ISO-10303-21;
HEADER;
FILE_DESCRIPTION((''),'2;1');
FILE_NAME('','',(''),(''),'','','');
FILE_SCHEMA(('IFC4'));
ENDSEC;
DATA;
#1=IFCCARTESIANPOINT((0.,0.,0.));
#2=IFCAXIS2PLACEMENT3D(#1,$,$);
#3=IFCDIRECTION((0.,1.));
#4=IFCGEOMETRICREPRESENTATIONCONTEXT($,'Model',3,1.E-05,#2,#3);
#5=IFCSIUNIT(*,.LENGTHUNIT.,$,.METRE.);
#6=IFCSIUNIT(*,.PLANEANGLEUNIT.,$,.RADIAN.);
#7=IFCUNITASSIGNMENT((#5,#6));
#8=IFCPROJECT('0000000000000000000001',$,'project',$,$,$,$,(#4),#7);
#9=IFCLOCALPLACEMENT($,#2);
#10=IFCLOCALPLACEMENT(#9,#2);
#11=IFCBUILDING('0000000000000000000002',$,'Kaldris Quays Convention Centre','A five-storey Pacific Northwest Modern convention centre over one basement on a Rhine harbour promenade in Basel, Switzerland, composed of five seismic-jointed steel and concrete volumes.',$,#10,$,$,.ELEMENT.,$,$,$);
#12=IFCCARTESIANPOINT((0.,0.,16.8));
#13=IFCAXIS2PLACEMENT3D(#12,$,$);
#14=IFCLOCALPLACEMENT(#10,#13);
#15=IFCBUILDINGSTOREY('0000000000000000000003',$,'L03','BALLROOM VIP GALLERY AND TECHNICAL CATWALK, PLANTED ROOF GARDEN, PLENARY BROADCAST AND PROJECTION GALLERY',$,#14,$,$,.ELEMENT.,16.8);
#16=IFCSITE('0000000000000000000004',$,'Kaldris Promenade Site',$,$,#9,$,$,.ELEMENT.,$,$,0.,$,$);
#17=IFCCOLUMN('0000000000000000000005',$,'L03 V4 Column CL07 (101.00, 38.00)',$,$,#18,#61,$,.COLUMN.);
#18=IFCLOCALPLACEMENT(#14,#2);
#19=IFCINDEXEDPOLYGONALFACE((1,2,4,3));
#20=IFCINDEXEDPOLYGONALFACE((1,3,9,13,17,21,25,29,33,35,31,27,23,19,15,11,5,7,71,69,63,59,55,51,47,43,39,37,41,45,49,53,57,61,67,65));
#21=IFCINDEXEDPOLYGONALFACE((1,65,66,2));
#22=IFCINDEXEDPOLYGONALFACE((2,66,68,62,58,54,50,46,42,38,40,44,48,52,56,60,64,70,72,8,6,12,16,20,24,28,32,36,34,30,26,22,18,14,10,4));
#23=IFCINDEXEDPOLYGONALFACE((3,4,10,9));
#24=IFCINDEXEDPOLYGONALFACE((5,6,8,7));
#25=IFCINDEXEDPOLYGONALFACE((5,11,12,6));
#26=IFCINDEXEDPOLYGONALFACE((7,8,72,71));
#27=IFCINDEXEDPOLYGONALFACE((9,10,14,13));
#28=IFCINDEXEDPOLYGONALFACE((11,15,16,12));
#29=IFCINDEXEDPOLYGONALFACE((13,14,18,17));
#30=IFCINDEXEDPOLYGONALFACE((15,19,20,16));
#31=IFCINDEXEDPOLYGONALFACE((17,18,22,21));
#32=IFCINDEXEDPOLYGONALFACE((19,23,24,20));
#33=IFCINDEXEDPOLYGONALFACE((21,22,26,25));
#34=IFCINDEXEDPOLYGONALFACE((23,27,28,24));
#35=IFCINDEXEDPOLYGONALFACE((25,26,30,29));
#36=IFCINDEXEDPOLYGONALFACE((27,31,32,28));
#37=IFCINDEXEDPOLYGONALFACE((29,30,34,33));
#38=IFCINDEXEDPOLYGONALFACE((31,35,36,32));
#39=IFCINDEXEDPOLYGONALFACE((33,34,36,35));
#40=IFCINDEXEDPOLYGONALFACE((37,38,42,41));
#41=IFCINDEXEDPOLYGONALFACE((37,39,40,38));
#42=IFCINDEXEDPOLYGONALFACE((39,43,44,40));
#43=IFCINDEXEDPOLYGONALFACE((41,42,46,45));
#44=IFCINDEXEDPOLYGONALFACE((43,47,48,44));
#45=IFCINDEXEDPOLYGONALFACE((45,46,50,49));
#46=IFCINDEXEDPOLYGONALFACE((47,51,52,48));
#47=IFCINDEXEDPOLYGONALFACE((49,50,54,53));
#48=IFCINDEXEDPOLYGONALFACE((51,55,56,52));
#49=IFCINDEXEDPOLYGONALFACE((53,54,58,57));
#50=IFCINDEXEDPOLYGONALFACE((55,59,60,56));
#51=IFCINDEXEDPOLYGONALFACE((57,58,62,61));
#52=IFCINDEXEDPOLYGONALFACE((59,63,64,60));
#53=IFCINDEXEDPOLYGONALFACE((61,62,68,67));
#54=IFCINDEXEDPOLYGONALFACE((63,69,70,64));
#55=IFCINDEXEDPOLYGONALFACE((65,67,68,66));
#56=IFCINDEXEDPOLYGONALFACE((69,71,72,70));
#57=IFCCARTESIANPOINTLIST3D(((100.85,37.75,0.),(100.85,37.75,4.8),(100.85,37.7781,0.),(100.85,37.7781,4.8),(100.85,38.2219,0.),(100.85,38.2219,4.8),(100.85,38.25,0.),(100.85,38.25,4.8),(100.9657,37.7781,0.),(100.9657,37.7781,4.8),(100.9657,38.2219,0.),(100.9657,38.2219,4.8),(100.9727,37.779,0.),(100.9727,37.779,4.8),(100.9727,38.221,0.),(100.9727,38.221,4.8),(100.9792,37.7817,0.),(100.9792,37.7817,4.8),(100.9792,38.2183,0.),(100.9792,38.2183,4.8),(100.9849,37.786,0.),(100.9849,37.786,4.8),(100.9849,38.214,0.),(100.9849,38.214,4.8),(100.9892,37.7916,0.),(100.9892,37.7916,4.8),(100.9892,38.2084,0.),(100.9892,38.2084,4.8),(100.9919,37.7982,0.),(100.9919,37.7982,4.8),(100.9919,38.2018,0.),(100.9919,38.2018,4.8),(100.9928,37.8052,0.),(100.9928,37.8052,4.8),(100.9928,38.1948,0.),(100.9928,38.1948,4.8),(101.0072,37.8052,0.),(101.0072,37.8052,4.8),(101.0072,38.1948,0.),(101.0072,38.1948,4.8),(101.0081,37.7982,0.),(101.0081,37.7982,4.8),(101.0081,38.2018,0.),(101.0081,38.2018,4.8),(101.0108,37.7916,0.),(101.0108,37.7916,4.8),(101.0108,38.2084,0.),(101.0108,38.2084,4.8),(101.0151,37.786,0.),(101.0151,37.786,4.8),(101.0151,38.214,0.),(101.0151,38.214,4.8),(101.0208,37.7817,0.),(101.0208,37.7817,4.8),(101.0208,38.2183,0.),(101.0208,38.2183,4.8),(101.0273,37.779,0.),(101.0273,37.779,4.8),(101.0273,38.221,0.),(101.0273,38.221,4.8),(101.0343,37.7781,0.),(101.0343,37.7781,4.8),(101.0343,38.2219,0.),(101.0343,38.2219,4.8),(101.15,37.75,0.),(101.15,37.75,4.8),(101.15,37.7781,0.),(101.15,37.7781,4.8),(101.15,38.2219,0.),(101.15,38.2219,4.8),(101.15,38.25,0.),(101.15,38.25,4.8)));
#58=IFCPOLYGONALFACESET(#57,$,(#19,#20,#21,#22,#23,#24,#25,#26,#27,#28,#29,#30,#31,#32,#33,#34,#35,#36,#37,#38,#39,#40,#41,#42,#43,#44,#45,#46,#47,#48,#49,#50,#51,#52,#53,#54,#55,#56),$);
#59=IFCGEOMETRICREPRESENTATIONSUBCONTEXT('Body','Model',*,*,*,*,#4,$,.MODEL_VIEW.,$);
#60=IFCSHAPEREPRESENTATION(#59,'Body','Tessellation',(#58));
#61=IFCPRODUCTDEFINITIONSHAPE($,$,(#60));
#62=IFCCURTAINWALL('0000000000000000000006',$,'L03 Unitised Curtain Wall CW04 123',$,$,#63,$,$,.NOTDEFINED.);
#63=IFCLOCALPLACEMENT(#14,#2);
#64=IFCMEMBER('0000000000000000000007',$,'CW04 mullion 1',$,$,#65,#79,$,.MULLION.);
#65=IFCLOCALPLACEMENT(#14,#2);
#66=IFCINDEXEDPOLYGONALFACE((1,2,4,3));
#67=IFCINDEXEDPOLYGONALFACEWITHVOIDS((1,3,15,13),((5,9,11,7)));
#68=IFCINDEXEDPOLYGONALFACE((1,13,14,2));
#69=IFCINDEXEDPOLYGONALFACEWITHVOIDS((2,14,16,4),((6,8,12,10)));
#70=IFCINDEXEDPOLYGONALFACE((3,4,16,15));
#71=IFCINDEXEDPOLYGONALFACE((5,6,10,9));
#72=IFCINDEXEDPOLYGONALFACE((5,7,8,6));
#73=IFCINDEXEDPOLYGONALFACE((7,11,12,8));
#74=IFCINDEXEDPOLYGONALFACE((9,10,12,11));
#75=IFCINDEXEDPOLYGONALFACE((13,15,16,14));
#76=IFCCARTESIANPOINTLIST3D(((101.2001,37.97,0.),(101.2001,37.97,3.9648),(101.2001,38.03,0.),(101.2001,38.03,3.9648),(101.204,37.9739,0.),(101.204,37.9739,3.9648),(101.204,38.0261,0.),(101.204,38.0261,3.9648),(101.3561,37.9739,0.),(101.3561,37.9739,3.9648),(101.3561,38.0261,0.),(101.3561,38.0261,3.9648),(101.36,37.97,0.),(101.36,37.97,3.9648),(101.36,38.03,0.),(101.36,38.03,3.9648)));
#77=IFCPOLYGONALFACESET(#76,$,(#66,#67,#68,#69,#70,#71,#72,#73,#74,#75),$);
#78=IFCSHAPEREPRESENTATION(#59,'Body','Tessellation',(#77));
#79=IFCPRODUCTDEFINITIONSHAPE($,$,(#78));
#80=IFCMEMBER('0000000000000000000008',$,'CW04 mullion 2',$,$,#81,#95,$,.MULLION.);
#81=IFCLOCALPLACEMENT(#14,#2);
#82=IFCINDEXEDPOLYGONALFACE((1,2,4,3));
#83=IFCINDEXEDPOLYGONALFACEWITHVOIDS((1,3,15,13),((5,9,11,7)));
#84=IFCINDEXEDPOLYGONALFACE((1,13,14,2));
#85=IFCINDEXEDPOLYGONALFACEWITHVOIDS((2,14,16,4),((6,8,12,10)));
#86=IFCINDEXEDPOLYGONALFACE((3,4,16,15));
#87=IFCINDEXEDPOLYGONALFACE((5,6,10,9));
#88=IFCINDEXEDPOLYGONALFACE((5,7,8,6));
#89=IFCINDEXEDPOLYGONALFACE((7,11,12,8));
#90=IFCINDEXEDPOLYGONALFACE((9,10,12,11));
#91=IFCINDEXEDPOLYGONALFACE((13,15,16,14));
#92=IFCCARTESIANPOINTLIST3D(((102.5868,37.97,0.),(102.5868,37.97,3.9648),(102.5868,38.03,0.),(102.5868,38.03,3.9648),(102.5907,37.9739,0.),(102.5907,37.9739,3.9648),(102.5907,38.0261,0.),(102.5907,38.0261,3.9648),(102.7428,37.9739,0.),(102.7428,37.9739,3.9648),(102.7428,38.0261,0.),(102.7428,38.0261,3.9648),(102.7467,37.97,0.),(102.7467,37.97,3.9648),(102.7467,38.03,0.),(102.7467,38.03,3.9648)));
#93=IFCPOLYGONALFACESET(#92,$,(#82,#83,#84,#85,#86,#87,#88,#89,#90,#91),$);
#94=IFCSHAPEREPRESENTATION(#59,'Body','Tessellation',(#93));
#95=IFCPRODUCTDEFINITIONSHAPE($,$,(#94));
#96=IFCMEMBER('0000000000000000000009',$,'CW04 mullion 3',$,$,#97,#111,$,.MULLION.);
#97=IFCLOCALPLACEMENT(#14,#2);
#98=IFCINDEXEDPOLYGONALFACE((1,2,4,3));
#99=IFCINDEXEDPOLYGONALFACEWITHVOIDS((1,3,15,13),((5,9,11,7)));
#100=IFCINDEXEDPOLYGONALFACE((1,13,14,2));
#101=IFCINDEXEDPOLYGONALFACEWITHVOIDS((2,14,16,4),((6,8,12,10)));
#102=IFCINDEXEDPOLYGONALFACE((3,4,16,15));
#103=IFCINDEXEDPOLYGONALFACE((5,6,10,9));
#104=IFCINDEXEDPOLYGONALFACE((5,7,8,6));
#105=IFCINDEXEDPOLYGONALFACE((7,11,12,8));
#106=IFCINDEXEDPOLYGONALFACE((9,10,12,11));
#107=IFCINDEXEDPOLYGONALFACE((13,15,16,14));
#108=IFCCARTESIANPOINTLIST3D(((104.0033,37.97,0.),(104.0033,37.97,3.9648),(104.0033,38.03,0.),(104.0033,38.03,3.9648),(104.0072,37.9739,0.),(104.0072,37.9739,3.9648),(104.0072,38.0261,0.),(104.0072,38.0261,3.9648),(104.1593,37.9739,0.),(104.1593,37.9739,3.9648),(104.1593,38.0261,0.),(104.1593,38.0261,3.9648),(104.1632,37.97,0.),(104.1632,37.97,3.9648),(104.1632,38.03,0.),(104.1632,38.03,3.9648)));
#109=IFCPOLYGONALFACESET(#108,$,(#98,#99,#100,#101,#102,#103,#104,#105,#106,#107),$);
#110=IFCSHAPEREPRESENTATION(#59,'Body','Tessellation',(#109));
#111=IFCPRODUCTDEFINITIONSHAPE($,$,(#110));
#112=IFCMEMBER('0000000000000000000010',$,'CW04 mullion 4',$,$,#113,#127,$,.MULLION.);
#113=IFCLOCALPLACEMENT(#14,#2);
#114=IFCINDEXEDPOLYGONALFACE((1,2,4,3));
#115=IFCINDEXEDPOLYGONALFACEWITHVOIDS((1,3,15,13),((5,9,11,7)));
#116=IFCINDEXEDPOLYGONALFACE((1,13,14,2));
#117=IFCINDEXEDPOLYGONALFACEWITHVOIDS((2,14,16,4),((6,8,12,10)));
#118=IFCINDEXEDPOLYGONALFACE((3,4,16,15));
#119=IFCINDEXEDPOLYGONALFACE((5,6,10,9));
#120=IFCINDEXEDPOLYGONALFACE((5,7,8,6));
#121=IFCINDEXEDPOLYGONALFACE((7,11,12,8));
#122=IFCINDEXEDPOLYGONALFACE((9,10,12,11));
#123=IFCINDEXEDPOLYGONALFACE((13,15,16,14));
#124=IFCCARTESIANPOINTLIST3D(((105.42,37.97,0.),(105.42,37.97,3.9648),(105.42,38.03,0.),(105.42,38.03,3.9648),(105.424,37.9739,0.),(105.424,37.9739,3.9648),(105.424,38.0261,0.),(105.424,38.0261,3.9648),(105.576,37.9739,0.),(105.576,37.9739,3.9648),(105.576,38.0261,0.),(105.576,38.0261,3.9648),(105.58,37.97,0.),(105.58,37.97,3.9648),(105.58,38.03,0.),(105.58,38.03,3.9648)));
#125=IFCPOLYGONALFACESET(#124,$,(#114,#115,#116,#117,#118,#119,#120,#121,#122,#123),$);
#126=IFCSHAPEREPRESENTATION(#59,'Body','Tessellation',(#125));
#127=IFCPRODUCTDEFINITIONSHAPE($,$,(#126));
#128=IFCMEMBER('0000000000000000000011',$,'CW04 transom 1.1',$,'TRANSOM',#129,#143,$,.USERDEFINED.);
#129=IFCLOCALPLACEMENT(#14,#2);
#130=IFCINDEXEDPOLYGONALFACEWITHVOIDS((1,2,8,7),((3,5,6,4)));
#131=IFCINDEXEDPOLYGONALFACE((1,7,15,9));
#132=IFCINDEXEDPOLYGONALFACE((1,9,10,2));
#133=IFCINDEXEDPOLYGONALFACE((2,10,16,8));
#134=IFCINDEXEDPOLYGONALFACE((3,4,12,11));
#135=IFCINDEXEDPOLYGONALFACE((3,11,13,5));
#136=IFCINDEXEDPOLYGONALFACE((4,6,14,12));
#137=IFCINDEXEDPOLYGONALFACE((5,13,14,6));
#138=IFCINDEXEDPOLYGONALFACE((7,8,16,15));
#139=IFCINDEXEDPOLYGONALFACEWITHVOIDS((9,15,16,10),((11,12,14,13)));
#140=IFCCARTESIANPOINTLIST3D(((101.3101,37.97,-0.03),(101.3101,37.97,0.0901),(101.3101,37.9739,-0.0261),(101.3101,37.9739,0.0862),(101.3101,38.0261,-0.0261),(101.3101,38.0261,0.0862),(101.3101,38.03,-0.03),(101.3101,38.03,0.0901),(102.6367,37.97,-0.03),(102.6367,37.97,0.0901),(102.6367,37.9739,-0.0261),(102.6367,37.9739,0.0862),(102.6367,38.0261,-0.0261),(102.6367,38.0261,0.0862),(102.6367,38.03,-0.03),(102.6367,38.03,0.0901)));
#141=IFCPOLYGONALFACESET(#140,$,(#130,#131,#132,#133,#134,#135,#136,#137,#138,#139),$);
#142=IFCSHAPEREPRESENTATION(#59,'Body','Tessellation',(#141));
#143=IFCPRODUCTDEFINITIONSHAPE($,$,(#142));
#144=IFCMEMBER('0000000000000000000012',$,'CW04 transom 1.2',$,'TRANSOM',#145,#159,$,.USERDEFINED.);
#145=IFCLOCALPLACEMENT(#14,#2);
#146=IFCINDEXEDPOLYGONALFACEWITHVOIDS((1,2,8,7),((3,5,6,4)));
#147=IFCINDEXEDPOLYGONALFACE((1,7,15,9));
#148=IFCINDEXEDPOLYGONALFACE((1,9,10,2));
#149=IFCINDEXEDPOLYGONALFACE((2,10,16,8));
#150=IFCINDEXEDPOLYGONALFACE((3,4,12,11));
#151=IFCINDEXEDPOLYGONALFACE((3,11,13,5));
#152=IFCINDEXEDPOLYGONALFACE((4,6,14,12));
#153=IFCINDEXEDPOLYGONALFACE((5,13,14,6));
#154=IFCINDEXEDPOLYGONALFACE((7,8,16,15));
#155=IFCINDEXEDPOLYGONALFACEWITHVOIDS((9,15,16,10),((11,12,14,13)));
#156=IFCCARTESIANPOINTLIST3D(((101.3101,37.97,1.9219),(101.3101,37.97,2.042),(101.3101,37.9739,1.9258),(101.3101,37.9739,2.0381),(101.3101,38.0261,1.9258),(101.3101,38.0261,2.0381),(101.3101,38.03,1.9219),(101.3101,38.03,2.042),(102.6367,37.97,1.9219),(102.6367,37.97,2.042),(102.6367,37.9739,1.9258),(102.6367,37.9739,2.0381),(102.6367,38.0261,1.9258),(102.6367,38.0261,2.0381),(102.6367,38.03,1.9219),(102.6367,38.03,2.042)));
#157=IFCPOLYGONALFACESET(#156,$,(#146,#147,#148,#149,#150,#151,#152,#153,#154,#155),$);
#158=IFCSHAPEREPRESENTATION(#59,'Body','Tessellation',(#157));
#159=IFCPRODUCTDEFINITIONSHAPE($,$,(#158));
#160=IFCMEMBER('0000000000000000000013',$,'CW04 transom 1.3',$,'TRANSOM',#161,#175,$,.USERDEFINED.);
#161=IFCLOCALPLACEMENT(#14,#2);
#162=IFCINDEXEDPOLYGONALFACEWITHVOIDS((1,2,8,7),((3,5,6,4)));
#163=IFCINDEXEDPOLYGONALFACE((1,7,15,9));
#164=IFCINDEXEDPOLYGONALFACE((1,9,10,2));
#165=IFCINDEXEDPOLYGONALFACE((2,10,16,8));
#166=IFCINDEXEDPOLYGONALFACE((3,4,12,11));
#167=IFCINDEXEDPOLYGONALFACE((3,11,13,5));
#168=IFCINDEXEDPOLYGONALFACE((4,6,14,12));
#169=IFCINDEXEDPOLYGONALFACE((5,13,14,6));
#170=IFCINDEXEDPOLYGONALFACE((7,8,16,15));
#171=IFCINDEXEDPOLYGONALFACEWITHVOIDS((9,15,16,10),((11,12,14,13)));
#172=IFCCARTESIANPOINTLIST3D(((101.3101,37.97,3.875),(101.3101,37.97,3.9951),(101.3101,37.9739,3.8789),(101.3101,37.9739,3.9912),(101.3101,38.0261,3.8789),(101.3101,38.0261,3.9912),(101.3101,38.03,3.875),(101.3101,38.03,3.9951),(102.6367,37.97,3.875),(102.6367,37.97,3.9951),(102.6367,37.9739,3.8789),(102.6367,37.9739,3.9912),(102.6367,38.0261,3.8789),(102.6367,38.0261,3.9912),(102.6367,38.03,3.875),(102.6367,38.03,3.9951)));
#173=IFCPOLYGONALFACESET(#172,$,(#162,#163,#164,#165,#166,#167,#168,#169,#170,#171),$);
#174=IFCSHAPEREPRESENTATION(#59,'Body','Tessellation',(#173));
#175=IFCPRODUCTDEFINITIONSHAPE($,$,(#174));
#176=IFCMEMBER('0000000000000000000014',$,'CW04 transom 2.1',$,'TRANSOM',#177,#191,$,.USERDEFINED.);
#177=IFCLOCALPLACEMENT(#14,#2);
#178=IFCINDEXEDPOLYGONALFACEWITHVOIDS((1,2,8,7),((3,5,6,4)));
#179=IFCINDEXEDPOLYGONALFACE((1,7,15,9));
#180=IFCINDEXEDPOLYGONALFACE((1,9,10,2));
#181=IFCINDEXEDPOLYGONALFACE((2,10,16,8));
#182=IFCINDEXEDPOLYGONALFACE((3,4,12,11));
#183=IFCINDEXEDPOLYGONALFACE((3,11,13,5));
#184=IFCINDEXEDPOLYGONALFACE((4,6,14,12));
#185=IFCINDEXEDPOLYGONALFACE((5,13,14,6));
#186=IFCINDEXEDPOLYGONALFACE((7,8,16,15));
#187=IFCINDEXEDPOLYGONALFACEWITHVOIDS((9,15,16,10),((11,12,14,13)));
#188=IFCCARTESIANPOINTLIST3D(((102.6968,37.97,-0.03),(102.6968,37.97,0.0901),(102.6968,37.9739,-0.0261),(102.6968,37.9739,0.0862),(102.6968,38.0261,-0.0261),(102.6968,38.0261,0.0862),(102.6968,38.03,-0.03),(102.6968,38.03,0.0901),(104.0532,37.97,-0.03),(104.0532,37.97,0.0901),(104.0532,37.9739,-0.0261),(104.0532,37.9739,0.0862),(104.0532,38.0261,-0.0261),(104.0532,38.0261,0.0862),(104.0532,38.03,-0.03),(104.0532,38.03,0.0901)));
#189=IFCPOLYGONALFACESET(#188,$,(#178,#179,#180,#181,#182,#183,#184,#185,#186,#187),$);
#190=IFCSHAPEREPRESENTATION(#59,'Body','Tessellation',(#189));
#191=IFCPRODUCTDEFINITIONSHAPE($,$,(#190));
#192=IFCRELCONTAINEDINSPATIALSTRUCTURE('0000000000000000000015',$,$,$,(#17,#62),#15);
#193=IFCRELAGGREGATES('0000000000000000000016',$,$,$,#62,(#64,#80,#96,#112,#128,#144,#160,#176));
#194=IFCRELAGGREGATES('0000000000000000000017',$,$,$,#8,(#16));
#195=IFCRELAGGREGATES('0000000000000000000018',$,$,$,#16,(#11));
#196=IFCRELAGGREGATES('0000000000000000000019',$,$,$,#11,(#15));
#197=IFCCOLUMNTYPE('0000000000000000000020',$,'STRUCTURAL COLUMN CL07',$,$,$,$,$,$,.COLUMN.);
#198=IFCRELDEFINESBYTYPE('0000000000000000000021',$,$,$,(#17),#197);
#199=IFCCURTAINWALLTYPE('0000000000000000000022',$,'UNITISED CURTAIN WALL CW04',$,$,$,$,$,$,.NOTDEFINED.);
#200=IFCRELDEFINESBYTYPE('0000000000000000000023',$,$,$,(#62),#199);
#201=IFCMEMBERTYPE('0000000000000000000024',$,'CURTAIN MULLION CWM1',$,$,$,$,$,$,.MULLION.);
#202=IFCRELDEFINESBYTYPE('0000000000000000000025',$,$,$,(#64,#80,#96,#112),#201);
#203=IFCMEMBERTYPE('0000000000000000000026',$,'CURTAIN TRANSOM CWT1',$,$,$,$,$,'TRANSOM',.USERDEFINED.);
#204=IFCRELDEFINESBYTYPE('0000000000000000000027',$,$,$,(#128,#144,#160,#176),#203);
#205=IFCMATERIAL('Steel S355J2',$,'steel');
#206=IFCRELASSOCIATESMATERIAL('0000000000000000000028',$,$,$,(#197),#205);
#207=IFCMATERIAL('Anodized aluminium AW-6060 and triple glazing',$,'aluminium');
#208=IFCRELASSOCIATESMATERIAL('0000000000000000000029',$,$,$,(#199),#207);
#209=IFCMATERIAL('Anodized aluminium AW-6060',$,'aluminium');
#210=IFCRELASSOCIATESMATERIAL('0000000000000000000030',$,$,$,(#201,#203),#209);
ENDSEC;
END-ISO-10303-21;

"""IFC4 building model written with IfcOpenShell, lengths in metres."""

from ifc_helpers import new_model, si_unit, direction, frame, origin, origin_2d, place, context, subcontext, project, spatial, hollow_rectangle, i_section, extrude, material, material_profile, profile_set, type_object, element, aggregate, save


model = new_model("IFC4")

# Units and contexts
model_context = context("Model", 3, precision=1e-05, world=origin(), true_north=direction((0.0, 1.0)))
body_context = subcontext(model_context, "Body", "Model", "MODEL_VIEW")
ifc_project = project(units=[si_unit("LENGTHUNIT", "METRE"), si_unit("PLANEANGLEUNIT", "RADIAN")], contexts=[model_context])

# Site, building, storey
site_placement = place(None, origin())
site = spatial("IfcSite", under=ifc_project, at=site_placement, Name="Kaldris Promenade Site", CompositionType="ELEMENT", RefElevation=0.0)
building_placement = place(site_placement, origin())
building = spatial("IfcBuilding", under=site, at=building_placement, Name="Kaldris Quays Convention Centre", Description="A five-storey Pacific Northwest Modern convention centre over one basement on a Rhine harbour promenade in Basel, Switzerland, composed of five seismic-jointed steel and concrete volumes.", CompositionType="ELEMENT")
storey_placement = place(building_placement, frame((0.0, 0.0, 16.8)))
storey = spatial("IfcBuildingStorey", under=building, at=storey_placement, Name="L03", Description="BALLROOM VIP GALLERY AND TECHNICAL CATWALK, PLANTED ROOF GARDEN, PLENARY BROADCAST AND PROJECTION GALLERY", CompositionType="ELEMENT", Elevation=16.8)

# Column
ifc_material_1 = material(Name="Steel S355J2", Category="steel")
ifc_material_profile_1 = material_profile(ifc_material_1, i_section(OverallWidth=0.3, OverallDepth=0.5, WebThickness=0.0144, FlangeThickness=0.0281, FilletRadius=0.0271, at=origin_2d()), Name="HEB 500")
ifc_profile_set_1 = profile_set([ifc_material_profile_1], Name="Steel S355J2")
column_type = type_object("IfcColumnType", Name="STRUCTURAL COLUMN CL07", PredefinedType="COLUMN", material=ifc_profile_set_1)
column_placement = place(storey_placement, frame((101.0, 38.0, 0.0), z_axis=(0.0, 0.0, 1.0), x_axis=(1.0, 0.0, 0.0)))
element("IfcColumn", 1, at=column_placement, inside=storey, type_object=column_type, Name="L03 V4 Column CL07 (101.00, 38.00)", PredefinedType="COLUMN", context=body_context, shape_type="SweptSolid", body=[
    extrude(i_section(OverallWidth=0.3, OverallDepth=0.5, WebThickness=0.0144, FlangeThickness=0.0281, FilletRadius=0.0271, at=origin_2d()), origin(), (0.0, 0.0, 1.0), 4.8),
])

# Curtain wall, members
ifc_material_2 = material(Name="Anodized aluminium AW-6060 and triple glazing", Category="aluminium")
curtain_wall_type = type_object("IfcCurtainWallType", Name="UNITISED CURTAIN WALL CW04", PredefinedType="NOTDEFINED", material=ifc_material_2)
curtain_wall_placement = place(storey_placement, origin())
curtain_wall = element("IfcCurtainWall", 2, at=curtain_wall_placement, inside=storey, type_object=curtain_wall_type, Name="L03 Unitised Curtain Wall CW04 123", PredefinedType="NOTDEFINED")
ifc_material_3 = material(Name="Anodized aluminium AW-6060", Category="aluminium")
ifc_material_profile_2 = material_profile(ifc_material_3, hollow_rectangle(XDim=0.0601, YDim=0.1599, WallThickness=0.0039, at=origin_2d()), Name="RHS 160x60x4")
ifc_profile_set_2 = profile_set([ifc_material_profile_2], Name="Anodized aluminium AW-6060")
member_type_1 = type_object("IfcMemberType", Name="CURTAIN MULLION CWM1", PredefinedType="MULLION", material=ifc_profile_set_2)
member_1_placement = place(storey_placement, frame((101.28, 38.0, 0.0), z_axis=(0.0, 0.0, 1.0), x_axis=(0.0, 1.0, 0.0)))
member_1 = element("IfcMember", 3, at=member_1_placement, type_object=member_type_1, Name="CW04 mullion 1", PredefinedType="MULLION", context=body_context, shape_type="SweptSolid", body=[
    extrude(hollow_rectangle(XDim=0.0601, YDim=0.1599, WallThickness=0.0039, at=origin_2d()), origin(), (0.0, 0.0, 1.0), 3.9648),
])
member_2_placement = place(storey_placement, frame((102.6667, 38.0, 0.0), z_axis=(0.0, 0.0, 1.0), x_axis=(0.0, 1.0, 0.0)))
member_2 = element("IfcMember", 4, at=member_2_placement, type_object=member_type_1, Name="CW04 mullion 2", PredefinedType="MULLION", context=body_context, shape_type="SweptSolid", body=[
    extrude(hollow_rectangle(XDim=0.0601, YDim=0.1599, WallThickness=0.0039, at=origin_2d()), origin(), (0.0, 0.0, 1.0), 3.9648),
])
member_3_placement = place(storey_placement, frame((104.0833, 38.0, 0.0), z_axis=(0.0, 0.0, 1.0), x_axis=(0.0, 1.0, 0.0)))
member_3 = element("IfcMember", 5, at=member_3_placement, type_object=member_type_1, Name="CW04 mullion 3", PredefinedType="MULLION", context=body_context, shape_type="SweptSolid", body=[
    extrude(hollow_rectangle(XDim=0.0601, YDim=0.1599, WallThickness=0.0039, at=origin_2d()), origin(), (0.0, 0.0, 1.0), 3.9648),
])
member_4_placement = place(storey_placement, frame((105.5, 38.0, 0.0), z_axis=(0.0, 0.0, 1.0), x_axis=(0.0, 1.0, 0.0)))
member_4 = element("IfcMember", 6, at=member_4_placement, type_object=member_type_1, Name="CW04 mullion 4", PredefinedType="MULLION", context=body_context, shape_type="SweptSolid", body=[
    extrude(hollow_rectangle(XDim=0.0601, YDim=0.1599, WallThickness=0.0039, at=origin_2d()), origin(), (0.0, 0.0, 1.0), 3.9648),
])
ifc_material_profile_3 = material_profile(ifc_material_3, hollow_rectangle(XDim=0.0601, YDim=0.1201, WallThickness=0.0039, at=origin_2d()), Name="RHS 120x60x4")
ifc_profile_set_3 = profile_set([ifc_material_profile_3], Name="Anodized aluminium AW-6060")
member_type_2 = type_object("IfcMemberType", Name="CURTAIN TRANSOM CWT1", ElementType="TRANSOM", PredefinedType="USERDEFINED", material=ifc_profile_set_3)
member_5_placement = place(storey_placement, frame((101.3101, 38.0, 0.03), z_axis=(1.0, 0.0, 0.0), x_axis=(0.0, 1.0, 0.0)))
member_5 = element("IfcMember", 7, at=member_5_placement, type_object=member_type_2, Name="CW04 transom 1.1", ObjectType="TRANSOM", PredefinedType="USERDEFINED", context=body_context, shape_type="SweptSolid", body=[
    extrude(hollow_rectangle(XDim=0.0601, YDim=0.1201, WallThickness=0.0039, at=origin_2d()), origin(), (0.0, 0.0, 1.0), 1.3267),
])
member_6_placement = place(storey_placement, frame((101.3101, 38.0, 1.9819), z_axis=(1.0, 0.0, 0.0), x_axis=(0.0, 1.0, 0.0)))
member_6 = element("IfcMember", 8, at=member_6_placement, type_object=member_type_2, Name="CW04 transom 1.2", ObjectType="TRANSOM", PredefinedType="USERDEFINED", context=body_context, shape_type="SweptSolid", body=[
    extrude(hollow_rectangle(XDim=0.0601, YDim=0.1201, WallThickness=0.0039, at=origin_2d()), origin(), (0.0, 0.0, 1.0), 1.3267),
])
member_7_placement = place(storey_placement, frame((101.3101, 38.0, 3.9351), z_axis=(1.0, 0.0, 0.0), x_axis=(0.0, 1.0, 0.0)))
member_7 = element("IfcMember", 9, at=member_7_placement, type_object=member_type_2, Name="CW04 transom 1.3", ObjectType="TRANSOM", PredefinedType="USERDEFINED", context=body_context, shape_type="SweptSolid", body=[
    extrude(hollow_rectangle(XDim=0.0601, YDim=0.1201, WallThickness=0.0039, at=origin_2d()), origin(), (0.0, 0.0, 1.0), 1.3267),
])
member_8_placement = place(storey_placement, frame((102.6968, 38.0, 0.03), z_axis=(1.0, 0.0, 0.0), x_axis=(0.0, 1.0, 0.0)))
member_8 = element("IfcMember", 10, at=member_8_placement, type_object=member_type_2, Name="CW04 transom 2.1", ObjectType="TRANSOM", PredefinedType="USERDEFINED", context=body_context, shape_type="SweptSolid", body=[
    extrude(hollow_rectangle(XDim=0.0601, YDim=0.1201, WallThickness=0.0039, at=origin_2d()), origin(), (0.0, 0.0, 1.0), 1.3564),
])

aggregate(curtain_wall, [member_1, member_2, member_3, member_4, member_5, member_6, member_7, member_8])

save(model, "model.ifc")
